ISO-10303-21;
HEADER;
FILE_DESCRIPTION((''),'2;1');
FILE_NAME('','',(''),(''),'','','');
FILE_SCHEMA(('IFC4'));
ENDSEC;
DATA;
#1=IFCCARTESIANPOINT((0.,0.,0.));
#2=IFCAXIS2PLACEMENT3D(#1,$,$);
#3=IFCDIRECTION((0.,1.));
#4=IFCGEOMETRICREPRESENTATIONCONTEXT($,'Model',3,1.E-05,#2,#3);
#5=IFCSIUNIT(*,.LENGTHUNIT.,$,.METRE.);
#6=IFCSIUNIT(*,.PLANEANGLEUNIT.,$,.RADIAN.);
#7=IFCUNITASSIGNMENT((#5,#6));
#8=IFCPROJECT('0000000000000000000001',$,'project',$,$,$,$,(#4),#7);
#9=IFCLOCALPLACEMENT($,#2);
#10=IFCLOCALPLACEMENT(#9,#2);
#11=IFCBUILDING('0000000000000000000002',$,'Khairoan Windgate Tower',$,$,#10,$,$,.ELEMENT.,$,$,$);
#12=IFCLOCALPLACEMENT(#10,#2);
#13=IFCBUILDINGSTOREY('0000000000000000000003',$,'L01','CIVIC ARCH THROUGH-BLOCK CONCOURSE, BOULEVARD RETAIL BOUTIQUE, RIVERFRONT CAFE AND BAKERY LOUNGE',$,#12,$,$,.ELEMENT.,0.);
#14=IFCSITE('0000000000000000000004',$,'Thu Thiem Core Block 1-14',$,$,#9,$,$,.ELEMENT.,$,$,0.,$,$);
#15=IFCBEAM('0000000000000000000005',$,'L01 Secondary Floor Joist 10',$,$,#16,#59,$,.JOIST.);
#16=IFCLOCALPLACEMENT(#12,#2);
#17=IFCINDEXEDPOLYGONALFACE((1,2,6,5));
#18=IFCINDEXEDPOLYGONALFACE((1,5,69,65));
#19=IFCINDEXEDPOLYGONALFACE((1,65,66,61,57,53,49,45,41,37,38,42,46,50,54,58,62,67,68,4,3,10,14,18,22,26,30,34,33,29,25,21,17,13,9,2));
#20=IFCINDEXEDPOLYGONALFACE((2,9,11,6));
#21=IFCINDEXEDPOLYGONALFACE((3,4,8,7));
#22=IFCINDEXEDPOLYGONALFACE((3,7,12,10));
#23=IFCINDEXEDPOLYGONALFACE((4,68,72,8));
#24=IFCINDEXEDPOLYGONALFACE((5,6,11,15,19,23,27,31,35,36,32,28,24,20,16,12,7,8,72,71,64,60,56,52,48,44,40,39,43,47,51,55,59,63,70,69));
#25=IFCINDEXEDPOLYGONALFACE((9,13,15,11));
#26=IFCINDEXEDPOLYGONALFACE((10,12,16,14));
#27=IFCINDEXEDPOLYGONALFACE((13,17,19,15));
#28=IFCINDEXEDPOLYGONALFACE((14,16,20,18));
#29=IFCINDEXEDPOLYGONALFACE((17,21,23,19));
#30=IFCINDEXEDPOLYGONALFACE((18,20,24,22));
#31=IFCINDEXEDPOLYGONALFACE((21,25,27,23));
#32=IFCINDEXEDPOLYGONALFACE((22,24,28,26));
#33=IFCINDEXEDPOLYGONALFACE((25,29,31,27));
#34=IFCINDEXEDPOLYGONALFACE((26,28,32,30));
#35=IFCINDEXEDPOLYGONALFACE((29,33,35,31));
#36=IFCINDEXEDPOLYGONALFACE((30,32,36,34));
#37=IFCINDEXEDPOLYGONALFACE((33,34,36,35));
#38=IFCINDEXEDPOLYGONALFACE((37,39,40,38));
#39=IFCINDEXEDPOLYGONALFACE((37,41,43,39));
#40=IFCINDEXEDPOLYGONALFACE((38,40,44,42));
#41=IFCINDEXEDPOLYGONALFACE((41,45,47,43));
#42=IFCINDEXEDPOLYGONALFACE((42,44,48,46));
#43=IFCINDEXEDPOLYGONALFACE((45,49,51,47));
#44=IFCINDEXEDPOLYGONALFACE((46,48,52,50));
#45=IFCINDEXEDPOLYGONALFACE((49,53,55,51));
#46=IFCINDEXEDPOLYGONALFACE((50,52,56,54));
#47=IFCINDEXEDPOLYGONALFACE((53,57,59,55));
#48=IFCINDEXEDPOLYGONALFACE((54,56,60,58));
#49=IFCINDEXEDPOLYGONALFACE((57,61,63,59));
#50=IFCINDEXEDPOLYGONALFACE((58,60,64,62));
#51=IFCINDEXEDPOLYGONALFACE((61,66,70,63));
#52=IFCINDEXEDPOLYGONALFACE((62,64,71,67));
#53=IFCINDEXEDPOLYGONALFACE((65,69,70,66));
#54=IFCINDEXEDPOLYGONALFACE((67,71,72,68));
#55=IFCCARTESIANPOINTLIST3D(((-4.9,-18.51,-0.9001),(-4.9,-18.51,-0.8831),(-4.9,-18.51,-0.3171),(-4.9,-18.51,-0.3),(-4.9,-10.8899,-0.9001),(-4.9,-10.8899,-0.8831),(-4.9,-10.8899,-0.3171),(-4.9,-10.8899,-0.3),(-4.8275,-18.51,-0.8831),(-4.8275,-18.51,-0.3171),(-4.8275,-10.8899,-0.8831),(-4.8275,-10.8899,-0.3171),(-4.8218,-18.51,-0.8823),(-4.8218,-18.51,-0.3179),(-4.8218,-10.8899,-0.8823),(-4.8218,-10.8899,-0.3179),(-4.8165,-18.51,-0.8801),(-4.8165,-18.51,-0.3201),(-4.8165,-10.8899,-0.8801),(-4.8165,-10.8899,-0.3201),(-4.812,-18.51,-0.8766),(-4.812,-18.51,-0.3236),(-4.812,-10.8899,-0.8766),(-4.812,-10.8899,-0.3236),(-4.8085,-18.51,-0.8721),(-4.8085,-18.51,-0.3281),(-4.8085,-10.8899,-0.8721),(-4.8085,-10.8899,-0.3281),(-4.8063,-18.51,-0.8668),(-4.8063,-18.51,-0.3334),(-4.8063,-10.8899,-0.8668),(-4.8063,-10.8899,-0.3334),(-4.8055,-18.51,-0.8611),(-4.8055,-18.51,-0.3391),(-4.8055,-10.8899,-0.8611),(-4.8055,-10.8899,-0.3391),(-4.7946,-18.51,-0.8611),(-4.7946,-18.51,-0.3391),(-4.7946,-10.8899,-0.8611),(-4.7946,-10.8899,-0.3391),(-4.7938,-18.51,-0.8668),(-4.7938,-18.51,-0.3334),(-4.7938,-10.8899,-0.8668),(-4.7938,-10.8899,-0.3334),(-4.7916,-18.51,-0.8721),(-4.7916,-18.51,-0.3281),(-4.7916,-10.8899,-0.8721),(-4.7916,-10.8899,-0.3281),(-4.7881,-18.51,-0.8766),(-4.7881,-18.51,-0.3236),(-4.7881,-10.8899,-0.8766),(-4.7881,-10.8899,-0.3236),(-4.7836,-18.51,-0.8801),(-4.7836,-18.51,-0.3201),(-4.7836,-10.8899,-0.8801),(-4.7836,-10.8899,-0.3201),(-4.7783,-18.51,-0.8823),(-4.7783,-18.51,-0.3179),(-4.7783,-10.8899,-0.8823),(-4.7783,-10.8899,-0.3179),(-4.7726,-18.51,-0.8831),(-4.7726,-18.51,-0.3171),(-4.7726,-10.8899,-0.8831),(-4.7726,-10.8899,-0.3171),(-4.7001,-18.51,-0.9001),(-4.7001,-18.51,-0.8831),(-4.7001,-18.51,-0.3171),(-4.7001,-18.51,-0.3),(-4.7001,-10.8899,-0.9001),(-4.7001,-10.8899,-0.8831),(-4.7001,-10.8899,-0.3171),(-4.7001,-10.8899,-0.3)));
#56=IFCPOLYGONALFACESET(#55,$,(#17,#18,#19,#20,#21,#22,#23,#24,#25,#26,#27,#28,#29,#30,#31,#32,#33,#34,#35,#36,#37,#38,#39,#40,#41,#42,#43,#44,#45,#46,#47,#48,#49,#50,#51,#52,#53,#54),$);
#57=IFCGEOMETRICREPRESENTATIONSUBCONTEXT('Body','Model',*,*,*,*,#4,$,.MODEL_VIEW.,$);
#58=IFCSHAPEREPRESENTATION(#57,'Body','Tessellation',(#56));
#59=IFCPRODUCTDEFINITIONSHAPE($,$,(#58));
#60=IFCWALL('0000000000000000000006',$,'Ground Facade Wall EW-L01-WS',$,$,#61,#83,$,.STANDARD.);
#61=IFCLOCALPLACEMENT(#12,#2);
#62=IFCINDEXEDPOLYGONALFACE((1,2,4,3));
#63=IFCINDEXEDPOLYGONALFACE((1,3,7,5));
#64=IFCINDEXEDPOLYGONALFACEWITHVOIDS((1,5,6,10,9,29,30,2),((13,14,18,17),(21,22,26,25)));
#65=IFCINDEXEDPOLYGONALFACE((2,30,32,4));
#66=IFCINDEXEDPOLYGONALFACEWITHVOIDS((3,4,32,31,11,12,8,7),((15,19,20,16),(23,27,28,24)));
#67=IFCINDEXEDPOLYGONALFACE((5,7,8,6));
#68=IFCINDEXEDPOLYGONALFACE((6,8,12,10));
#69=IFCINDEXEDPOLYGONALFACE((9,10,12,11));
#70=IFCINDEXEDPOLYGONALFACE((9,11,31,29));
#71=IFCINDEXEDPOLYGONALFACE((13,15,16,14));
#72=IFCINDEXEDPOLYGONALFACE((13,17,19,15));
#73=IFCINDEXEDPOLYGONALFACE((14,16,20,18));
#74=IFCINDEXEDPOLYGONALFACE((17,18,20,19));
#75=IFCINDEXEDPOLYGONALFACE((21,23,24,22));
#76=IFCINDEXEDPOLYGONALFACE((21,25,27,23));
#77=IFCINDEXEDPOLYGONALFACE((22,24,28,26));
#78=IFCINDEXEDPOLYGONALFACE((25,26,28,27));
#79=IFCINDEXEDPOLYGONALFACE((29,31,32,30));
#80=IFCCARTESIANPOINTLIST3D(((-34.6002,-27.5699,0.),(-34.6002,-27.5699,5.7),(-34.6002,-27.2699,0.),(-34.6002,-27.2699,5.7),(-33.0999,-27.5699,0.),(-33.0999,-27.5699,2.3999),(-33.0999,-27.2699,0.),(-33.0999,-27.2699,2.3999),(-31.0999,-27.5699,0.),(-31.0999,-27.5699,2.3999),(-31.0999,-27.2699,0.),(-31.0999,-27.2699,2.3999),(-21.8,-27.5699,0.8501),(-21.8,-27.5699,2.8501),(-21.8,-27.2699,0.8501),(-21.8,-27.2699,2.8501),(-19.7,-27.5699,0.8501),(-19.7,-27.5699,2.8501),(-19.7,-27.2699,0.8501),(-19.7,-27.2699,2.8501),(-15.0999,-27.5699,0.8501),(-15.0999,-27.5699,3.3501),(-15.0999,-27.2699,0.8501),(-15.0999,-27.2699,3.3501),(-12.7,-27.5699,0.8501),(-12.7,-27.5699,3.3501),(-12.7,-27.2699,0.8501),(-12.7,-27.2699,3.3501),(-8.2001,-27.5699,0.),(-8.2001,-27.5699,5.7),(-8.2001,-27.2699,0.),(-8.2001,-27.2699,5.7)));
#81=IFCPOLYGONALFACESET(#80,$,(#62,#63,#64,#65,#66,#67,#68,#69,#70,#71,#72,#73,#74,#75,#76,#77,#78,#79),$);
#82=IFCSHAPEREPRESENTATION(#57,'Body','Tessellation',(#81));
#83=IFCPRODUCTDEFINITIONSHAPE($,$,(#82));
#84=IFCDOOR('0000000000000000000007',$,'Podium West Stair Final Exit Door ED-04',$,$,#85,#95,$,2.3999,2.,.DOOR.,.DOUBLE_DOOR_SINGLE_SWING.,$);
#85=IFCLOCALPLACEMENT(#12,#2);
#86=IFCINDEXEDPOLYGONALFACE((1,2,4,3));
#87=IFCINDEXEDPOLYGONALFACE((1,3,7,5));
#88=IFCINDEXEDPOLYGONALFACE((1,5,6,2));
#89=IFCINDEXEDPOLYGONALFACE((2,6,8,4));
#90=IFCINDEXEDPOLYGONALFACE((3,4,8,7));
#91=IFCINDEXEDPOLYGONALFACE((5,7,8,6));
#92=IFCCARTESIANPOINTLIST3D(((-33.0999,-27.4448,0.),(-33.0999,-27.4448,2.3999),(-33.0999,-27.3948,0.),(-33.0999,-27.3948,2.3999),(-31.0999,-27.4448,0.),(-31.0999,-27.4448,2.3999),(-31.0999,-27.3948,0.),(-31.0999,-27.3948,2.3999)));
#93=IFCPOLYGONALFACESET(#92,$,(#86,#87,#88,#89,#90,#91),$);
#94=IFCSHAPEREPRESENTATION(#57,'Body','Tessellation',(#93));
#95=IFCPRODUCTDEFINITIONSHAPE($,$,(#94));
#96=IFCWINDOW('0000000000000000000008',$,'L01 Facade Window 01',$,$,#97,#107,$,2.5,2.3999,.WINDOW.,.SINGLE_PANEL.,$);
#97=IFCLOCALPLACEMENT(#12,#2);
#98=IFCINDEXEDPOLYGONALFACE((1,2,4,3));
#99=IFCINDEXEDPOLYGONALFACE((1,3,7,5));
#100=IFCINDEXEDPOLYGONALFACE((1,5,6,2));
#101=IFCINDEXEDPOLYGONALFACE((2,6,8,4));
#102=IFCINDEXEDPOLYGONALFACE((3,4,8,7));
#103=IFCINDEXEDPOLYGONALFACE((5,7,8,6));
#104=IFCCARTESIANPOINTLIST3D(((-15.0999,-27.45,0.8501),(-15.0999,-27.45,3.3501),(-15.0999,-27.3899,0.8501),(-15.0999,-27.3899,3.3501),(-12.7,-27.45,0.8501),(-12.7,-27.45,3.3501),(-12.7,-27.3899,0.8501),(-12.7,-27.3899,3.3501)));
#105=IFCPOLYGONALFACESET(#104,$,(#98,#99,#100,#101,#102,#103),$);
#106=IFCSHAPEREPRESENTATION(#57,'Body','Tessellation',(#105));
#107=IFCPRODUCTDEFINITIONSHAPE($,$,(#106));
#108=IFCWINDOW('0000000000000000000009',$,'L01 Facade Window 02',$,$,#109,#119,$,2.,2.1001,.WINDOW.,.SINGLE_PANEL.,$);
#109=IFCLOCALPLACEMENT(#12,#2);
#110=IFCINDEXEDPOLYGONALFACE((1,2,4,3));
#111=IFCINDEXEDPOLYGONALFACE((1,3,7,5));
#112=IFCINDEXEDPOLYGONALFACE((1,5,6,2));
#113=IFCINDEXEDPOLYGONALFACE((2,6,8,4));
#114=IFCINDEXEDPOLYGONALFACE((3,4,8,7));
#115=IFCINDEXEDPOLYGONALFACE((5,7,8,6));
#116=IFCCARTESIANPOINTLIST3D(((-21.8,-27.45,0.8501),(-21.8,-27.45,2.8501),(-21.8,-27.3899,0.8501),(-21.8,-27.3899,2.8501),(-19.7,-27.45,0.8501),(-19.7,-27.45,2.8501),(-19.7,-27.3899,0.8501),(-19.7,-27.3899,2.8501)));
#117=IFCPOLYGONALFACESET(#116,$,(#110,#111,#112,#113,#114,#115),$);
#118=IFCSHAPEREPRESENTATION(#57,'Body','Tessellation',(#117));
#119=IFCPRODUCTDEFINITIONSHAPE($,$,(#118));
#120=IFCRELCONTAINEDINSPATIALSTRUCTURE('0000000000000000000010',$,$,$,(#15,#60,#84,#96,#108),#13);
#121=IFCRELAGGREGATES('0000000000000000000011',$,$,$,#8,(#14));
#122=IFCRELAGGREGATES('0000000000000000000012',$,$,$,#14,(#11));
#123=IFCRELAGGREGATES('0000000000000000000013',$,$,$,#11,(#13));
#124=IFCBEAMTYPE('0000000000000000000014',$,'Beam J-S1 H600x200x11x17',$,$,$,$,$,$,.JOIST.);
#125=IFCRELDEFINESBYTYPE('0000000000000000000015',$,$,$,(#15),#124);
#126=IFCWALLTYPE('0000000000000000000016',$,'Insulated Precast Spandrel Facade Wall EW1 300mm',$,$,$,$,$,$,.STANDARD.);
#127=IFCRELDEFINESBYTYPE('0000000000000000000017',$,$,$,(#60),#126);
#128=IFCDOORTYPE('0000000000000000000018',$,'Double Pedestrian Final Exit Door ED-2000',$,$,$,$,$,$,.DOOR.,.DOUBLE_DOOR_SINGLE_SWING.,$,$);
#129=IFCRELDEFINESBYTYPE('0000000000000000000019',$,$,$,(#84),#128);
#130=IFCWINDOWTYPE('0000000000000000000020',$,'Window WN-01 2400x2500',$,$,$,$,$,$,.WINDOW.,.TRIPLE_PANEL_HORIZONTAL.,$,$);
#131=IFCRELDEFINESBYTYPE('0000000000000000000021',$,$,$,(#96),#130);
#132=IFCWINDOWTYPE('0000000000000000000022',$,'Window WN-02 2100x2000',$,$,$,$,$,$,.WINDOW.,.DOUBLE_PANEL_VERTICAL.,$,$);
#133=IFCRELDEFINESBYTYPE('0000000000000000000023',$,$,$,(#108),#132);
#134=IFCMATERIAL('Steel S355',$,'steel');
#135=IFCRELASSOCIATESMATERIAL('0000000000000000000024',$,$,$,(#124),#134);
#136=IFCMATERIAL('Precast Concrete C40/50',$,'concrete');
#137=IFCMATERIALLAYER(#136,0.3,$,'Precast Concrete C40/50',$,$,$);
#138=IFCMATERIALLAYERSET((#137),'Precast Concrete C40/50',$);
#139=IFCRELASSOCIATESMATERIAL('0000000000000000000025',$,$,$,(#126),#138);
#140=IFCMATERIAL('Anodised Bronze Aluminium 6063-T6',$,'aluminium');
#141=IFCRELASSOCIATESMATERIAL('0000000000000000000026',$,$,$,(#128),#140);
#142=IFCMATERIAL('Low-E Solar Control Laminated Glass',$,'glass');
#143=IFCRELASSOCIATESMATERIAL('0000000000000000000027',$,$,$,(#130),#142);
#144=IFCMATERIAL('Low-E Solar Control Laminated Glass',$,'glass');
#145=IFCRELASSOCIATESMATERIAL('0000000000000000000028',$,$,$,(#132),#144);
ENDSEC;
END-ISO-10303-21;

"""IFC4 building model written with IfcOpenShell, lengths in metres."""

from ifc_helpers import new_model, si_unit, direction, frame, frame_2d, origin, origin_2d, place, context, subcontext, project, spatial, rectangle, i_section, extrude, material, layer, layer_set, material_profile, profile_set, type_object, element, fill, save


model = new_model("IFC4")

# Units and contexts
model_context = context("Model", 3, precision=1e-05, world=origin(), true_north=direction((0.0, 1.0)))
body_context = subcontext(model_context, "Body", "Model", "MODEL_VIEW")
ifc_project = project(units=[si_unit("LENGTHUNIT", "METRE"), si_unit("PLANEANGLEUNIT", "RADIAN")], contexts=[model_context])

# Site, building, storey
site_placement = place(None, origin())
site = spatial("IfcSite", under=ifc_project, at=site_placement, Name="Thu Thiem Core Block 1-14", CompositionType="ELEMENT", RefElevation=0.0)
building_placement = place(site_placement, origin())
building = spatial("IfcBuilding", under=site, at=building_placement, Name="Khairoan Windgate Tower", CompositionType="ELEMENT")
storey_placement = place(building_placement, origin())
storey = spatial("IfcBuildingStorey", under=building, at=storey_placement, Name="L01", Description="CIVIC ARCH THROUGH-BLOCK CONCOURSE, BOULEVARD RETAIL BOUTIQUE, RIVERFRONT CAFE AND BAKERY LOUNGE", CompositionType="ELEMENT", Elevation=0.0)

# Beam
ifc_material_1 = material(Name="Steel S355", Category="steel")
ifc_material_profile_1 = material_profile(ifc_material_1, i_section(OverallWidth=0.2, OverallDepth=0.6001, WebThickness=0.011, FlangeThickness=0.0171, FilletRadius=0.022, at=origin_2d()))
ifc_profile_set_1 = profile_set([ifc_material_profile_1], Name="Steel S355")
beam_type_1 = type_object("IfcBeamType", Name="Beam J-S1 H600x200x11x17", PredefinedType="JOIST", material=ifc_profile_set_1)
beam_1_placement = place(storey_placement, frame((-4.8, -18.51, -0.6001), z_axis=(0.0, 1.0, 0.0), x_axis=(-1.0, 0.0, 0.0)))
element("IfcBeam", 1, at=beam_1_placement, inside=storey, type_object=beam_type_1, Name="L01 Secondary Floor Joist 10", PredefinedType="JOIST", context=body_context, shape_type="SweptSolid", body=[
    extrude(i_section(OverallWidth=0.2, OverallDepth=0.6001, WebThickness=0.011, FlangeThickness=0.0171, FilletRadius=0.022, at=origin_2d()), origin(), (0.0, 0.0, 1.0), 7.6201),
])

# Wall, openings, door, windows
ifc_material_2 = material(Name="Precast Concrete C40/50", Category="concrete")
ifc_layer_1 = layer(ifc_material_2, 0.3, Name="Precast Concrete C40/50")
ifc_layer_set_1 = layer_set([ifc_layer_1], Name="Precast Concrete C40/50")
wall_type_1 = type_object("IfcWallType", Name="Insulated Precast Spandrel Facade Wall EW1 300mm", PredefinedType="STANDARD", material=ifc_layer_set_1)
wall_1_placement = place(storey_placement, frame((-8.2, -27.4199, 0.0), z_axis=(0.0, 0.0, 1.0), x_axis=(-1.0, 0.0, 0.0)))
wall_1 = element("IfcWall", 2, at=wall_1_placement, inside=storey, type_object=wall_type_1, Name="Ground Facade Wall EW-L01-WS", PredefinedType="STANDARD", context=body_context, shape_type="SweptSolid", body=[
    extrude(rectangle(XDim=26.4001, YDim=0.3, at=frame_2d((13.2002, 0.0))), origin(), (0.0, 0.0, 1.0), 5.7),
])
opening_1_placement = place(wall_1_placement, frame((22.8999, 0.0, 0.0)))
opening_1 = element("IfcOpeningElement", 3, at=opening_1_placement, cuts=wall_1, PredefinedType="OPENING", context=body_context, shape_type="SweptSolid", body=[
    extrude(rectangle(XDim=2.0, YDim=2.3999, at=frame_2d((1.0, 1.2))), frame((0.0, 0.1599, 0.0), z_axis=(0.0, -1.0, 0.0), x_axis=(1.0, 0.0, 0.0)), (0.0, 0.0, 1.0), 0.3201),
])
opening_2_placement = place(wall_1_placement, frame((4.5, 0.0, 0.8501)))
opening_2 = element("IfcOpeningElement", 4, at=opening_2_placement, cuts=wall_1, PredefinedType="OPENING", context=body_context, shape_type="SweptSolid", body=[
    extrude(rectangle(XDim=2.3999, YDim=2.5, at=frame_2d((1.2, 1.25))), frame((0.0, 0.1599, 0.0), z_axis=(0.0, -1.0, 0.0), x_axis=(1.0, 0.0, 0.0)), (0.0, 0.0, 1.0), 0.3201),
])
opening_3_placement = place(wall_1_placement, frame((11.5, 0.0, 0.8501)))
opening_3 = element("IfcOpeningElement", 5, at=opening_3_placement, cuts=wall_1, PredefinedType="OPENING", context=body_context, shape_type="SweptSolid", body=[
    extrude(rectangle(XDim=2.1001, YDim=2.0, at=frame_2d((1.05, 1.0))), frame((0.0, 0.1599, 0.0), z_axis=(0.0, -1.0, 0.0), x_axis=(1.0, 0.0, 0.0)), (0.0, 0.0, 1.0), 0.3201),
])
ifc_material_3 = material(Name="Anodised Bronze Aluminium 6063-T6", Category="aluminium")
door_type_1 = type_object("IfcDoorType", Name="Double Pedestrian Final Exit Door ED-2000", OperationType="DOUBLE_DOOR_SINGLE_SWING", PredefinedType="DOOR", material=ifc_material_3)
door_1_placement = place(opening_1_placement, origin())
door_1 = element("IfcDoor", 6, at=door_1_placement, inside=storey, type_object=door_type_1, Name="Podium West Stair Final Exit Door ED-04", OperationType="DOUBLE_DOOR_SINGLE_SWING", OverallHeight=2.3999, OverallWidth=2.0, PredefinedType="DOOR", context=body_context, shape_type="SweptSolid", body=[
    extrude(rectangle(XDim=2.0, YDim=2.3999, at=frame_2d((1.0, 1.2))), frame((0.0, 0.0249, 0.0), z_axis=(0.0, -1.0, 0.0), x_axis=(1.0, 0.0, 0.0)), (0.0, 0.0, 1.0), 0.05),
])
fill(opening_1, door_1)
ifc_material_4 = material(Name="Low-E Solar Control Laminated Glass", Category="glass")
window_type_1 = type_object("IfcWindowType", Name="Window WN-01 2400x2500", PartitioningType="TRIPLE_PANEL_HORIZONTAL", PredefinedType="WINDOW", material=ifc_material_4)
window_1_placement = place(opening_2_placement, origin())
window_1 = element("IfcWindow", 7, at=window_1_placement, inside=storey, type_object=window_type_1, Name="L01 Facade Window 01", OverallHeight=2.5, OverallWidth=2.3999, PartitioningType="SINGLE_PANEL", PredefinedType="WINDOW", context=body_context, shape_type="SweptSolid", body=[
    extrude(rectangle(XDim=2.3999, YDim=2.5, at=frame_2d((1.2, 1.25))), frame((0.0, 0.03, 0.0), z_axis=(0.0, -1.0, 0.0), x_axis=(1.0, 0.0, 0.0)), (0.0, 0.0, 1.0), 0.0601),
])
fill(opening_2, window_1)
ifc_material_5 = material(Name="Low-E Solar Control Laminated Glass", Category="glass")
window_type_2 = type_object("IfcWindowType", Name="Window WN-02 2100x2000", PartitioningType="DOUBLE_PANEL_VERTICAL", PredefinedType="WINDOW", material=ifc_material_5)
window_2_placement = place(opening_3_placement, origin())
window_2 = element("IfcWindow", 8, at=window_2_placement, inside=storey, type_object=window_type_2, Name="L01 Facade Window 02", OverallHeight=2.0, OverallWidth=2.1001, PartitioningType="SINGLE_PANEL", PredefinedType="WINDOW", context=body_context, shape_type="SweptSolid", body=[
    extrude(rectangle(XDim=2.1001, YDim=2.0, at=frame_2d((1.05, 1.0))), frame((0.0, 0.03, 0.0), z_axis=(0.0, -1.0, 0.0), x_axis=(1.0, 0.0, 0.0)), (0.0, 0.0, 1.0), 0.0601),
])
fill(opening_3, window_2)

save(model, "model.ifc")
